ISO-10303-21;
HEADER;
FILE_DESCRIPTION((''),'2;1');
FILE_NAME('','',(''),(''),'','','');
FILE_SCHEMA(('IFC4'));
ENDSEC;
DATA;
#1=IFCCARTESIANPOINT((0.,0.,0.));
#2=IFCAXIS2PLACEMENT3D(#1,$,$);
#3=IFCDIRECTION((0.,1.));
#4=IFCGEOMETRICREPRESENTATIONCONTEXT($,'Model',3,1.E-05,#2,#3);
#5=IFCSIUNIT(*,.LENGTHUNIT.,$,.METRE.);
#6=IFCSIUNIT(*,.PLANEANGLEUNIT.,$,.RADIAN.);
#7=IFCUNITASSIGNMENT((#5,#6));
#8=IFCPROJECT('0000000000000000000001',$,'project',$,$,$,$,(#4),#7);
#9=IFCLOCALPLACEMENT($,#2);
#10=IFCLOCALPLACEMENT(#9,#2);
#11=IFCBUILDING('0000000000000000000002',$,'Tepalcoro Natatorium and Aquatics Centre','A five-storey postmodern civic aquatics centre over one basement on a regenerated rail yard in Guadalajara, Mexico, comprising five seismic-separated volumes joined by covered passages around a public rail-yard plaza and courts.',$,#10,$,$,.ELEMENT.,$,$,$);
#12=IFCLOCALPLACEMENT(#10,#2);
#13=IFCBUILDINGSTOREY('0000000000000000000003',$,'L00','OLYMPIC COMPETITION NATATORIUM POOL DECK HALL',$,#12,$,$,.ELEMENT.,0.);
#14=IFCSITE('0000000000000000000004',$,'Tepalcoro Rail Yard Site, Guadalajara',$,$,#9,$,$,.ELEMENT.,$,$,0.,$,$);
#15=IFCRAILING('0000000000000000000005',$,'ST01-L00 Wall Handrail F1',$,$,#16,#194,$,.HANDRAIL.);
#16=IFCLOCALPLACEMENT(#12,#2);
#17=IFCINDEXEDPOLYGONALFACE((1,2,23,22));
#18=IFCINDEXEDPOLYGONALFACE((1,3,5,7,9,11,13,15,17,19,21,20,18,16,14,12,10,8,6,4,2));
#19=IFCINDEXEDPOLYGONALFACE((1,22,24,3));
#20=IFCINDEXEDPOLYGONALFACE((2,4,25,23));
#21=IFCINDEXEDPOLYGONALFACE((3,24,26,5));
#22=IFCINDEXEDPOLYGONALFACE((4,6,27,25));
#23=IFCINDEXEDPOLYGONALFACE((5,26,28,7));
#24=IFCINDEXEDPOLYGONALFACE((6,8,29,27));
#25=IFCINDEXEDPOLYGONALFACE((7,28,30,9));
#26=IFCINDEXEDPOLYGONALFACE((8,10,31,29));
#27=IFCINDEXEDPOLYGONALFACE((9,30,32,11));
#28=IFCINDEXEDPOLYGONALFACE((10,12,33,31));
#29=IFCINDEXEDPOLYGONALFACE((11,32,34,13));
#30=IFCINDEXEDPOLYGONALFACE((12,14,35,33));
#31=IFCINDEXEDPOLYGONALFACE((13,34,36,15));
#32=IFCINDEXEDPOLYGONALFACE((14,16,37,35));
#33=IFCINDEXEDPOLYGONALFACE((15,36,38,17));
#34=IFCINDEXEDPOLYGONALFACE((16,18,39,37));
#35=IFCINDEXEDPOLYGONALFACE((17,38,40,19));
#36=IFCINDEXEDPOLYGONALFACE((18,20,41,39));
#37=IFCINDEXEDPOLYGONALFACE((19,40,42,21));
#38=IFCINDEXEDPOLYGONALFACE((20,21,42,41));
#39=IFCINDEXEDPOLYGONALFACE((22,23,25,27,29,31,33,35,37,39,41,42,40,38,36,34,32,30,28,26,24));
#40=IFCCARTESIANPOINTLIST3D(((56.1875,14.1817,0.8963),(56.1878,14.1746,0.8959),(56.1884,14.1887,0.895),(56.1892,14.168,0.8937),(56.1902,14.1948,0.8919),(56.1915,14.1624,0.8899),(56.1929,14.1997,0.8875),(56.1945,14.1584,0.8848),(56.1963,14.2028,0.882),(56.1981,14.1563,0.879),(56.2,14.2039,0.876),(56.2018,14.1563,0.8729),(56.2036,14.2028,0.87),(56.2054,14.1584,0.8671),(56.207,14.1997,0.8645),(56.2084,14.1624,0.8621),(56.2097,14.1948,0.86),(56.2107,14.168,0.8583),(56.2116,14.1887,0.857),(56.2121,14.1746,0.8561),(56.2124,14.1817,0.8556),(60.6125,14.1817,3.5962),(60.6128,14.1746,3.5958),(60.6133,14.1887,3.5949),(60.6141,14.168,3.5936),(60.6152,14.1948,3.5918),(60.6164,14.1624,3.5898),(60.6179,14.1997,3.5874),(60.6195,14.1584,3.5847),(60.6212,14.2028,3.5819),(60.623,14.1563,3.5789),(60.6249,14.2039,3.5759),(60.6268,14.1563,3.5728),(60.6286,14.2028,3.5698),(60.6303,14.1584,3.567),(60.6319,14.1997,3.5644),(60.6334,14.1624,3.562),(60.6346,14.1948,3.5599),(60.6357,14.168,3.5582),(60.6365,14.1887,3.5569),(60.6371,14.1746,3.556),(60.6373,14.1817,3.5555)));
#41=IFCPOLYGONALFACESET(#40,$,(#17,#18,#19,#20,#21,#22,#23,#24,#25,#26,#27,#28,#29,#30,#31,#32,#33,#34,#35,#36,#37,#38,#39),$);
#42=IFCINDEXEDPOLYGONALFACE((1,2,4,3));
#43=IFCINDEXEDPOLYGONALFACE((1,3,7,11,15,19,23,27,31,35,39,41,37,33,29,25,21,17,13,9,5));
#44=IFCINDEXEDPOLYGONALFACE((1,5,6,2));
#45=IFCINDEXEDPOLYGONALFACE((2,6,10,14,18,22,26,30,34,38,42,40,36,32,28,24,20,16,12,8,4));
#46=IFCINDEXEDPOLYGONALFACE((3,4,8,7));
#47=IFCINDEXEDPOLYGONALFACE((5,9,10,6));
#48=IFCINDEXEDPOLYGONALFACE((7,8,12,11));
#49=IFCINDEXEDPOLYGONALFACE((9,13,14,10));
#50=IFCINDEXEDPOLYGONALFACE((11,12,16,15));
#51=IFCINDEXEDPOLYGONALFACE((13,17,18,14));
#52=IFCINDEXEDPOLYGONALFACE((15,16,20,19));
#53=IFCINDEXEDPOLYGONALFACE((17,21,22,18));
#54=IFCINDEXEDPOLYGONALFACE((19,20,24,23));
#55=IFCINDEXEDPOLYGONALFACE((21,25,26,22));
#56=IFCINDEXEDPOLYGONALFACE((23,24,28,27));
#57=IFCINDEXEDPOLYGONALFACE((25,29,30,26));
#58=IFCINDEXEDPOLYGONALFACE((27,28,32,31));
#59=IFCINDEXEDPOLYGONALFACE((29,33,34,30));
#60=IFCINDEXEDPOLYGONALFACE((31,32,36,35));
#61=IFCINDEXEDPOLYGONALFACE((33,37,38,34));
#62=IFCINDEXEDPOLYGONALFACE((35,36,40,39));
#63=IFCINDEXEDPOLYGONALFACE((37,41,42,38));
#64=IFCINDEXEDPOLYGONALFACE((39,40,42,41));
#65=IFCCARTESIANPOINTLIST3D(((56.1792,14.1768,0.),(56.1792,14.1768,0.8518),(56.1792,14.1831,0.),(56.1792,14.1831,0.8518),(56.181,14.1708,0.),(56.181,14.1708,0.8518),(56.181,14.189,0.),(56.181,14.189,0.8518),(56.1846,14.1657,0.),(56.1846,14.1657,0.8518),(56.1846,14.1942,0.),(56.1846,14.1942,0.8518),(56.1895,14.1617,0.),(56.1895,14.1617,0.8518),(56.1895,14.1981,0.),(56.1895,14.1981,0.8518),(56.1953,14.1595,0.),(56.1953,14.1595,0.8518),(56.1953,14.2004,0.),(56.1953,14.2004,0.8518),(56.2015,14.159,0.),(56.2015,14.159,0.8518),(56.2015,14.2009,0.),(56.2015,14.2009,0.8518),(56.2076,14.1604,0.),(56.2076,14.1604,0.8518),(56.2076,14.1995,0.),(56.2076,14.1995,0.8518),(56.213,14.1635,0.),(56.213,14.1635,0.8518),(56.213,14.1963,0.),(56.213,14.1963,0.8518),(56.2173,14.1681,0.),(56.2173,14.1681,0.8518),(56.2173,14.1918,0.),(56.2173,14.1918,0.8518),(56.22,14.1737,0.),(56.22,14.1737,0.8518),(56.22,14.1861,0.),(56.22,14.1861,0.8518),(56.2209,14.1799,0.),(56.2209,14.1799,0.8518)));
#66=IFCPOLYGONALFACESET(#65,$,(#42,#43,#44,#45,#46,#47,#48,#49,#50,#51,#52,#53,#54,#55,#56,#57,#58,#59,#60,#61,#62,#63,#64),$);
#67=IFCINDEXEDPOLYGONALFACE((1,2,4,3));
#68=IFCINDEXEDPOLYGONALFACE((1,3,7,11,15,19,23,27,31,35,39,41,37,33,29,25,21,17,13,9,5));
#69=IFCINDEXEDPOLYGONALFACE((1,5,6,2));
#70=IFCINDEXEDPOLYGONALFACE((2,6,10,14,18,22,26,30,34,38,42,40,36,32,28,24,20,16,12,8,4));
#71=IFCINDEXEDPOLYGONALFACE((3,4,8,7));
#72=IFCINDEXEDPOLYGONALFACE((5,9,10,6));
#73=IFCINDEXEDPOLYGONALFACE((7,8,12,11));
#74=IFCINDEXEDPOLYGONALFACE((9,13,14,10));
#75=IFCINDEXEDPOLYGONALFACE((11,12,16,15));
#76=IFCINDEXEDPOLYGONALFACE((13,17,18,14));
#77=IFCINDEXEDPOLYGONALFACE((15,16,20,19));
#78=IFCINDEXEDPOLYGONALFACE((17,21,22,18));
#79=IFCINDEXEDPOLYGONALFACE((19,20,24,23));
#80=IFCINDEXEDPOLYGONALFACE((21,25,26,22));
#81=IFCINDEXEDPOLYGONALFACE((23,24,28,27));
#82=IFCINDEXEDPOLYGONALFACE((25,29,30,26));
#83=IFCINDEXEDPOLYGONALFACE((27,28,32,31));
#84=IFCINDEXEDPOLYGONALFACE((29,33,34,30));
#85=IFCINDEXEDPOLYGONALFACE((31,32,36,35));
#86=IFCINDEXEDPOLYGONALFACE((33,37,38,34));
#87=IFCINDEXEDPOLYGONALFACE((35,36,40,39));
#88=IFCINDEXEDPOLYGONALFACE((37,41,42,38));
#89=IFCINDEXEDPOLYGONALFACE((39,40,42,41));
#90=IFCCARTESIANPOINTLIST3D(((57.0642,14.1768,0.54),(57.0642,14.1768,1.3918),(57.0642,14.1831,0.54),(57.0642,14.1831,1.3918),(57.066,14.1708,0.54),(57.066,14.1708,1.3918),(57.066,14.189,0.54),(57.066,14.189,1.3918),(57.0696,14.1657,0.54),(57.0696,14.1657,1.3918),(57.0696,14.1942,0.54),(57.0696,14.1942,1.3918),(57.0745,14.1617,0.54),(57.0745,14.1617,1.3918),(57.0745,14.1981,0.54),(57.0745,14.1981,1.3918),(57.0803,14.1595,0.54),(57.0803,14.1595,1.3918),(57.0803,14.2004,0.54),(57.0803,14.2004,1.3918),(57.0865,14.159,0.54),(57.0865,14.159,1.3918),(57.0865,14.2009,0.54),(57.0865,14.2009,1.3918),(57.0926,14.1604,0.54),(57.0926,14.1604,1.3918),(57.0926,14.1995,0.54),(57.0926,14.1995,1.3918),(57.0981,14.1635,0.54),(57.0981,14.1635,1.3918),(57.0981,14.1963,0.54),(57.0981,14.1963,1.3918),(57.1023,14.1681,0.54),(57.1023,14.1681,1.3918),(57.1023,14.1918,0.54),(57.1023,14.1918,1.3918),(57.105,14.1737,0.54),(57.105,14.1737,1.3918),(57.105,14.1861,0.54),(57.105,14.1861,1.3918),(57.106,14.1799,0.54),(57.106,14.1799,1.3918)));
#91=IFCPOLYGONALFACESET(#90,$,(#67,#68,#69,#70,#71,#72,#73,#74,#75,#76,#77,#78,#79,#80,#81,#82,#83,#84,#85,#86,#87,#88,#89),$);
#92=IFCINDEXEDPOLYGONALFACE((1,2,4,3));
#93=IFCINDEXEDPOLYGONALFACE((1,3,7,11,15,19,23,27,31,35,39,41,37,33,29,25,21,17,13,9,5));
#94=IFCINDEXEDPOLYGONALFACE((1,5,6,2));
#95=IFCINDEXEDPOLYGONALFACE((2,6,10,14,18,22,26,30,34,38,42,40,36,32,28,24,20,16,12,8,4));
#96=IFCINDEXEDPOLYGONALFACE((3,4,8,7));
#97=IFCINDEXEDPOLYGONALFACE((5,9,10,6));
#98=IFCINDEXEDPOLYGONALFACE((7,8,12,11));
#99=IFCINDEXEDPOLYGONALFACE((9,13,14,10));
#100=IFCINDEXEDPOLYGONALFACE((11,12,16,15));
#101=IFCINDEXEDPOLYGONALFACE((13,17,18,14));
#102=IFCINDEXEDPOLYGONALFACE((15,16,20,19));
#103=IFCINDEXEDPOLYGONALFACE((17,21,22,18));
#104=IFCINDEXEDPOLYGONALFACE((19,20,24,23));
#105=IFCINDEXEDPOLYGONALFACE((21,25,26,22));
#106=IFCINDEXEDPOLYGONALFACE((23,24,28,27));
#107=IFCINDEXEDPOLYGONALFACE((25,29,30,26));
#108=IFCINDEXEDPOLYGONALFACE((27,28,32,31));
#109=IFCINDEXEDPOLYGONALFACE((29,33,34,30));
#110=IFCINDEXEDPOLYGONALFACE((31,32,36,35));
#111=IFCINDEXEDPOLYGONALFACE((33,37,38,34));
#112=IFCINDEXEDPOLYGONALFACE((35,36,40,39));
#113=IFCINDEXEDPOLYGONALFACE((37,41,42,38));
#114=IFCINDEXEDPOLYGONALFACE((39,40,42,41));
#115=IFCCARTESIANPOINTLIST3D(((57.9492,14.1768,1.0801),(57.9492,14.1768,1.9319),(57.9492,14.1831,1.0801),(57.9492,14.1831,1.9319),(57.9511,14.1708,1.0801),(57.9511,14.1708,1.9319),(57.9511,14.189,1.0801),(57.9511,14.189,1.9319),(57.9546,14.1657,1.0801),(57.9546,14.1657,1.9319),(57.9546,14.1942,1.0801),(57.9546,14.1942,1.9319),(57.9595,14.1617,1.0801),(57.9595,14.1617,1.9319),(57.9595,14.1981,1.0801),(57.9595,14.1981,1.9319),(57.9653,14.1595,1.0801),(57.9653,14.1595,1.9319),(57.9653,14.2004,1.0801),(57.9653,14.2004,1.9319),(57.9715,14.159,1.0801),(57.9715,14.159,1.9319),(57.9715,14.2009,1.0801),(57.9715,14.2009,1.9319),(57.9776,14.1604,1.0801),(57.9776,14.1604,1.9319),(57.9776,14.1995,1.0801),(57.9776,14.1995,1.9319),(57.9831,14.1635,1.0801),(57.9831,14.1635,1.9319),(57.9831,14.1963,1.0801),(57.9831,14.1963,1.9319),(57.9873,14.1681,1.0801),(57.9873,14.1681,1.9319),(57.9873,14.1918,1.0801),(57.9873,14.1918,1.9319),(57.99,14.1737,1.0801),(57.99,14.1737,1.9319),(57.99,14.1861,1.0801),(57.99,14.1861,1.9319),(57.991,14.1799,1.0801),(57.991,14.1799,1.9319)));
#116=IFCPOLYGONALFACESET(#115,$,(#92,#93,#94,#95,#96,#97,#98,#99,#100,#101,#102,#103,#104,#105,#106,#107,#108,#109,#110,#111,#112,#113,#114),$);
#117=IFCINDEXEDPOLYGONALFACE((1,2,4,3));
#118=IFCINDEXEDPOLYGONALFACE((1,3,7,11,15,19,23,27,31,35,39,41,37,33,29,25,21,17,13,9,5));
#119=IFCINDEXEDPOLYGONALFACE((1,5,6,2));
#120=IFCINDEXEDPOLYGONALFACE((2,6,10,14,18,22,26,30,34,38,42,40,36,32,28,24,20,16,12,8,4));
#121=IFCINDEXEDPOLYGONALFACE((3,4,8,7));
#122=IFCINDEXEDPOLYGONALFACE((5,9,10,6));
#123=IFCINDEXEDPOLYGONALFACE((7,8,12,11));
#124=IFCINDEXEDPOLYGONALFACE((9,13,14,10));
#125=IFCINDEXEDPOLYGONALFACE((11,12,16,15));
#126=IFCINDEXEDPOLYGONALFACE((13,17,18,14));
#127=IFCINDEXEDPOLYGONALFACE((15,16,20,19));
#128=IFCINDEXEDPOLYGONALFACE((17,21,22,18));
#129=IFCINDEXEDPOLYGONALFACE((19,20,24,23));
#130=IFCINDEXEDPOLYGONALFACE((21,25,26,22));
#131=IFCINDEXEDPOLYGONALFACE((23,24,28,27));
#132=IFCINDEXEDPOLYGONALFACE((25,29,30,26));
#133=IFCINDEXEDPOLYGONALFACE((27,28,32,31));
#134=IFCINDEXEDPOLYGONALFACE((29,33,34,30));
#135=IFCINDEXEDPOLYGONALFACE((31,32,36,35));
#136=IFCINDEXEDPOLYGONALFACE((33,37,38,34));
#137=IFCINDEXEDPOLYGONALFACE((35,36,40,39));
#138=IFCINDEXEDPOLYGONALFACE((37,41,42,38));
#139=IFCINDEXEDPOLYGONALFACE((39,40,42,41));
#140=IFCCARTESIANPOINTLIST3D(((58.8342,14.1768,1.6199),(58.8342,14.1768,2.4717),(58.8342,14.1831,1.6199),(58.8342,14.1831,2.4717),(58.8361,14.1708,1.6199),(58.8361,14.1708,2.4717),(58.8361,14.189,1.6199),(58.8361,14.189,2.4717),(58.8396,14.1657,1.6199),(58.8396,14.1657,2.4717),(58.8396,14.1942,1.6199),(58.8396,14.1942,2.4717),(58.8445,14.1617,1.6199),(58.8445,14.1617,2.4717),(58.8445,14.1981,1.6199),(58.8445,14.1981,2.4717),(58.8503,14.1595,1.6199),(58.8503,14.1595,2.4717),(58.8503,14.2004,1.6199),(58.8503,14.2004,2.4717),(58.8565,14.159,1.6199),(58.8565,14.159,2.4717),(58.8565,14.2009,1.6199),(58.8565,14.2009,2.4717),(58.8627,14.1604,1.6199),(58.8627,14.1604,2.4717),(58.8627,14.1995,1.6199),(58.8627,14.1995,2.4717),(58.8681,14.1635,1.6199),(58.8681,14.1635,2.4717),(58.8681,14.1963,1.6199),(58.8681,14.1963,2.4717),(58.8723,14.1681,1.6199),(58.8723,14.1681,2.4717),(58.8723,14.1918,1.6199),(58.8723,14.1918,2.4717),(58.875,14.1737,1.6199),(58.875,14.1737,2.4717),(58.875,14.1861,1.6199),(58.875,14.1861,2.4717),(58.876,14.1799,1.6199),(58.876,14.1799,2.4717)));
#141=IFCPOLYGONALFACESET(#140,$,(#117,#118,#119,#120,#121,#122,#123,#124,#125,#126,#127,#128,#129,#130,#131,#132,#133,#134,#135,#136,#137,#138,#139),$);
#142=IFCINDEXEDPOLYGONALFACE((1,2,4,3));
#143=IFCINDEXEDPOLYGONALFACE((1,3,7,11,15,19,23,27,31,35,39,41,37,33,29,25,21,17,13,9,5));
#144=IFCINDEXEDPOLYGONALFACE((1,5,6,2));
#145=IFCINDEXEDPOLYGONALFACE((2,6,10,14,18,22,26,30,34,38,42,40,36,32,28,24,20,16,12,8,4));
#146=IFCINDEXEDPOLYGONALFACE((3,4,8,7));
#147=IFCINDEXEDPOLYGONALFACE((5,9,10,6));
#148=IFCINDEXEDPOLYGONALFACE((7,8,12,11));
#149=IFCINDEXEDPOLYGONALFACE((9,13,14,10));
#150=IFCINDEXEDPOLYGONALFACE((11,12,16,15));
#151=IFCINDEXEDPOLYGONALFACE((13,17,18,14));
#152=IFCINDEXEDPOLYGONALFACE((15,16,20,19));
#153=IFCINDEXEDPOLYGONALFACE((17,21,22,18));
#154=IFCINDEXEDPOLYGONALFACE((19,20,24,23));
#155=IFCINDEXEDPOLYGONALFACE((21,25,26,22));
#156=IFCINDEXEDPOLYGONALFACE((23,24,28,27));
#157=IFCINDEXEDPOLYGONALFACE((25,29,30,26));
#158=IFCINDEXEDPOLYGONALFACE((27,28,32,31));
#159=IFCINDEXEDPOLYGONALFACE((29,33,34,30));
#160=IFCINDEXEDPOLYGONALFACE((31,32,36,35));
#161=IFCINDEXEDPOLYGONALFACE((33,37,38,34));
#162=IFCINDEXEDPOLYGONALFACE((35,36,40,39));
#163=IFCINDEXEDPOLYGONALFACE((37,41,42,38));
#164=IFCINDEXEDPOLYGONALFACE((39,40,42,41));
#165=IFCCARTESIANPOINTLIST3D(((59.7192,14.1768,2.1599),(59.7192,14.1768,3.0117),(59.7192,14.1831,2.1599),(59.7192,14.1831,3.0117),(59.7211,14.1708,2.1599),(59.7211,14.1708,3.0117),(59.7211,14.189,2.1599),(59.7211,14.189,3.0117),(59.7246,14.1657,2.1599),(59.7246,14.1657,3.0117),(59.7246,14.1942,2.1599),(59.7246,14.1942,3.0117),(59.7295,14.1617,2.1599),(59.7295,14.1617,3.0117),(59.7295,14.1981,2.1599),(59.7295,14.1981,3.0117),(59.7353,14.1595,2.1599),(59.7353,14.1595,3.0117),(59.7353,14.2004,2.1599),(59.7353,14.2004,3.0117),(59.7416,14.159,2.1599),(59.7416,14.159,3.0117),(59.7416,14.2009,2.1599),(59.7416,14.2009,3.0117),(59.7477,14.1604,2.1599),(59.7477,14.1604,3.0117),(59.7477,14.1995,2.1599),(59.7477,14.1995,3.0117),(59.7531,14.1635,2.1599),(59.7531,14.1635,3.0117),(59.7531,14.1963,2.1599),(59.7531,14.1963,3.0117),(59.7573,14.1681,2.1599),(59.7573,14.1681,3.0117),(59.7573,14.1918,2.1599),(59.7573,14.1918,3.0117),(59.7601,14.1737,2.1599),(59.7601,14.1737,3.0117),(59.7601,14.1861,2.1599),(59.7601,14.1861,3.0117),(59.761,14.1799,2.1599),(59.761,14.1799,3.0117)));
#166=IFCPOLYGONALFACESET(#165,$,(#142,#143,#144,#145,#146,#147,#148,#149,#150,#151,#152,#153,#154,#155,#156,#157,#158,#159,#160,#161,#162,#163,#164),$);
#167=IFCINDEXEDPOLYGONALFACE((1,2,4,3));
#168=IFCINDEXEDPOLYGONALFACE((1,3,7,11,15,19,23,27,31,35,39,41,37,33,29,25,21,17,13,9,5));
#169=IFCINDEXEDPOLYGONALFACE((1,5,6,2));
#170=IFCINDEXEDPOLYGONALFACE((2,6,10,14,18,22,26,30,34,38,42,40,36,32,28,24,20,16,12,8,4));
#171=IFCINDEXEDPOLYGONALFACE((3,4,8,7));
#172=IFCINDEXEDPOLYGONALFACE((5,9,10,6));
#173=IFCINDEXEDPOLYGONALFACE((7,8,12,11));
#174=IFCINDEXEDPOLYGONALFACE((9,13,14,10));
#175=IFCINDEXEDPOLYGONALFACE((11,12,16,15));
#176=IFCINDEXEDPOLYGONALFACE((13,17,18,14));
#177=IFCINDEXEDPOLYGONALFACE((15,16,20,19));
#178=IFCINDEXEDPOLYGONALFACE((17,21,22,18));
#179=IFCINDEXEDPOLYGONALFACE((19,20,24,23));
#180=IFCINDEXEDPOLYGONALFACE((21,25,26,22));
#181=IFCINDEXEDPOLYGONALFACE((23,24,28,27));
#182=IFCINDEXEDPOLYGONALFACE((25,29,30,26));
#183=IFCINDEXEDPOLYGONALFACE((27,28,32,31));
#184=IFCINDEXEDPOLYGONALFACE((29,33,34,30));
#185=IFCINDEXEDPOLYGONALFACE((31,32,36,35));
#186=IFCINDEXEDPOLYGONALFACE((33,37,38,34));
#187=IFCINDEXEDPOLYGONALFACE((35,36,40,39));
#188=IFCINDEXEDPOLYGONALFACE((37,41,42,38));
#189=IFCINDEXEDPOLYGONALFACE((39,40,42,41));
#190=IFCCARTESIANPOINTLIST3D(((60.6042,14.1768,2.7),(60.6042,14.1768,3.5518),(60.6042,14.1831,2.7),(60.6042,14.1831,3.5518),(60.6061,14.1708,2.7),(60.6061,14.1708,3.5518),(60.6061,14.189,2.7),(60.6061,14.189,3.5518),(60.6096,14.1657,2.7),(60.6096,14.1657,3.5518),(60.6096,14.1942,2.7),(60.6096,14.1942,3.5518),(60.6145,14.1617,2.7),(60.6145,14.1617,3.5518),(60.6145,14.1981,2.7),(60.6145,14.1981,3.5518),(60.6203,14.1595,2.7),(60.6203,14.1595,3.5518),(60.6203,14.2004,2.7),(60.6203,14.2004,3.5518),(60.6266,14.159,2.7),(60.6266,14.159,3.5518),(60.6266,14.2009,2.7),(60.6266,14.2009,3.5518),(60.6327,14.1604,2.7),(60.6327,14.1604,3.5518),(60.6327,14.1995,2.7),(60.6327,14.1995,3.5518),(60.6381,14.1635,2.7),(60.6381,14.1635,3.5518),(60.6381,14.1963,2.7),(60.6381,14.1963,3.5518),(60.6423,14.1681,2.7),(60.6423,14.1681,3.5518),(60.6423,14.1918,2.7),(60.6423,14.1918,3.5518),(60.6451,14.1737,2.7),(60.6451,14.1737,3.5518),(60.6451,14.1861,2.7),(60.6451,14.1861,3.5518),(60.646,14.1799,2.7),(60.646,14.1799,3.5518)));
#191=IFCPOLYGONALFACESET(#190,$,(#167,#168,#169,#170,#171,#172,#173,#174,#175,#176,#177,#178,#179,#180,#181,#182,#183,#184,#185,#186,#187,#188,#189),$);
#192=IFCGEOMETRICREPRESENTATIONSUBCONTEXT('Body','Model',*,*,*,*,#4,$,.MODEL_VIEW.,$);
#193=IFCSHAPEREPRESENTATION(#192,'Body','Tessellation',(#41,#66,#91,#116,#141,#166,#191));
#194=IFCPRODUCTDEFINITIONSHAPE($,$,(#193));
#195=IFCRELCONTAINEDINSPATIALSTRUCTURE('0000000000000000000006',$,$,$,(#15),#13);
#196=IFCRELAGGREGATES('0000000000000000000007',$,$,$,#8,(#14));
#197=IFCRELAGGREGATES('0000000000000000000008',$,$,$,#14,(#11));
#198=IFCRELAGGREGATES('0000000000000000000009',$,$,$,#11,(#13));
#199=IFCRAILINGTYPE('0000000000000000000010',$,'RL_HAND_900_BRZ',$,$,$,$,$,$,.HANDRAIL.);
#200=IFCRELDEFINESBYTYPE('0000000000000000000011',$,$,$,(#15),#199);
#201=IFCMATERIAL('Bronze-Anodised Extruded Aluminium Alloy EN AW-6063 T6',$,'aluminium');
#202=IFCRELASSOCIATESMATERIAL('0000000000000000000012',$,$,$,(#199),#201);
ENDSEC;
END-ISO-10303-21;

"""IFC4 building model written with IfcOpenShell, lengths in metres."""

from ifc_helpers import new_model, si_unit, direction, frame, origin, origin_2d, place, context, subcontext, project, spatial, circle, extrude, material, type_object, element, save


model = new_model("IFC4")

# Units and contexts
model_context = context("Model", 3, precision=1e-05, world=origin(), true_north=direction((0.0, 1.0)))
body_context = subcontext(model_context, "Body", "Model", "MODEL_VIEW")
ifc_project = project(units=[si_unit("LENGTHUNIT", "METRE"), si_unit("PLANEANGLEUNIT", "RADIAN")], contexts=[model_context])

# Site, building, storey
site_placement = place(None, origin())
site = spatial("IfcSite", under=ifc_project, at=site_placement, Name="Tepalcoro Rail Yard Site, Guadalajara", CompositionType="ELEMENT", RefElevation=0.0)
building_placement = place(site_placement, origin())
building = spatial("IfcBuilding", under=site, at=building_placement, Name="Tepalcoro Natatorium and Aquatics Centre", Description="A five-storey postmodern civic aquatics centre over one basement on a regenerated rail yard in Guadalajara, Mexico, comprising five seismic-separated volumes joined by covered passages around a public rail-yard plaza and courts.", CompositionType="ELEMENT")
storey_placement = place(building_placement, origin())
storey = spatial("IfcBuildingStorey", under=building, at=storey_placement, Name="L00", Description="OLYMPIC COMPETITION NATATORIUM POOL DECK HALL", CompositionType="ELEMENT", Elevation=0.0)

# Railing
ifc_material_1 = material(Name="Bronze-Anodised Extruded Aluminium Alloy EN AW-6063 T6", Category="aluminium")
railing_type_1 = type_object("IfcRailingType", Name="RL_HAND_900_BRZ", PredefinedType="HANDRAIL", material=ifc_material_1)
railing_1_placement = place(storey_placement, frame((56.2, 14.1799, 0.0)))
element("IfcRailing", 1, at=railing_1_placement, inside=storey, type_object=railing_type_1, Name="ST01-L00 Wall Handrail F1", PredefinedType="HANDRAIL", context=body_context, shape_type="SweptSolid", body=[
    extrude(circle(Radius=0.0239, at=origin_2d()), frame((0.0, 0.0, 0.876), z_axis=(0.853646, 0.0, 0.520854), x_axis=(0.0, 1.0, 0.0)), (0.0, 0.0, 1.0), 5.1836),
    extrude(circle(Radius=0.021, at=origin_2d()), origin(), (0.0, 0.0, 1.0), 0.8518),
    extrude(circle(Radius=0.021, at=origin_2d()), frame((0.885, 0.0, 0.54)), (0.0, 0.0, 1.0), 0.8518),
    extrude(circle(Radius=0.021, at=origin_2d()), frame((1.77, 0.0, 1.0801)), (0.0, 0.0, 1.0), 0.8518),
    extrude(circle(Radius=0.021, at=origin_2d()), frame((2.655, 0.0, 1.6199)), (0.0, 0.0, 1.0), 0.8518),
    extrude(circle(Radius=0.021, at=origin_2d()), frame((3.54, 0.0, 2.1599)), (0.0, 0.0, 1.0), 0.8518),
    extrude(circle(Radius=0.021, at=origin_2d()), frame((4.425, 0.0, 2.7)), (0.0, 0.0, 1.0), 0.8518),
])

save(model, "model.ifc")
